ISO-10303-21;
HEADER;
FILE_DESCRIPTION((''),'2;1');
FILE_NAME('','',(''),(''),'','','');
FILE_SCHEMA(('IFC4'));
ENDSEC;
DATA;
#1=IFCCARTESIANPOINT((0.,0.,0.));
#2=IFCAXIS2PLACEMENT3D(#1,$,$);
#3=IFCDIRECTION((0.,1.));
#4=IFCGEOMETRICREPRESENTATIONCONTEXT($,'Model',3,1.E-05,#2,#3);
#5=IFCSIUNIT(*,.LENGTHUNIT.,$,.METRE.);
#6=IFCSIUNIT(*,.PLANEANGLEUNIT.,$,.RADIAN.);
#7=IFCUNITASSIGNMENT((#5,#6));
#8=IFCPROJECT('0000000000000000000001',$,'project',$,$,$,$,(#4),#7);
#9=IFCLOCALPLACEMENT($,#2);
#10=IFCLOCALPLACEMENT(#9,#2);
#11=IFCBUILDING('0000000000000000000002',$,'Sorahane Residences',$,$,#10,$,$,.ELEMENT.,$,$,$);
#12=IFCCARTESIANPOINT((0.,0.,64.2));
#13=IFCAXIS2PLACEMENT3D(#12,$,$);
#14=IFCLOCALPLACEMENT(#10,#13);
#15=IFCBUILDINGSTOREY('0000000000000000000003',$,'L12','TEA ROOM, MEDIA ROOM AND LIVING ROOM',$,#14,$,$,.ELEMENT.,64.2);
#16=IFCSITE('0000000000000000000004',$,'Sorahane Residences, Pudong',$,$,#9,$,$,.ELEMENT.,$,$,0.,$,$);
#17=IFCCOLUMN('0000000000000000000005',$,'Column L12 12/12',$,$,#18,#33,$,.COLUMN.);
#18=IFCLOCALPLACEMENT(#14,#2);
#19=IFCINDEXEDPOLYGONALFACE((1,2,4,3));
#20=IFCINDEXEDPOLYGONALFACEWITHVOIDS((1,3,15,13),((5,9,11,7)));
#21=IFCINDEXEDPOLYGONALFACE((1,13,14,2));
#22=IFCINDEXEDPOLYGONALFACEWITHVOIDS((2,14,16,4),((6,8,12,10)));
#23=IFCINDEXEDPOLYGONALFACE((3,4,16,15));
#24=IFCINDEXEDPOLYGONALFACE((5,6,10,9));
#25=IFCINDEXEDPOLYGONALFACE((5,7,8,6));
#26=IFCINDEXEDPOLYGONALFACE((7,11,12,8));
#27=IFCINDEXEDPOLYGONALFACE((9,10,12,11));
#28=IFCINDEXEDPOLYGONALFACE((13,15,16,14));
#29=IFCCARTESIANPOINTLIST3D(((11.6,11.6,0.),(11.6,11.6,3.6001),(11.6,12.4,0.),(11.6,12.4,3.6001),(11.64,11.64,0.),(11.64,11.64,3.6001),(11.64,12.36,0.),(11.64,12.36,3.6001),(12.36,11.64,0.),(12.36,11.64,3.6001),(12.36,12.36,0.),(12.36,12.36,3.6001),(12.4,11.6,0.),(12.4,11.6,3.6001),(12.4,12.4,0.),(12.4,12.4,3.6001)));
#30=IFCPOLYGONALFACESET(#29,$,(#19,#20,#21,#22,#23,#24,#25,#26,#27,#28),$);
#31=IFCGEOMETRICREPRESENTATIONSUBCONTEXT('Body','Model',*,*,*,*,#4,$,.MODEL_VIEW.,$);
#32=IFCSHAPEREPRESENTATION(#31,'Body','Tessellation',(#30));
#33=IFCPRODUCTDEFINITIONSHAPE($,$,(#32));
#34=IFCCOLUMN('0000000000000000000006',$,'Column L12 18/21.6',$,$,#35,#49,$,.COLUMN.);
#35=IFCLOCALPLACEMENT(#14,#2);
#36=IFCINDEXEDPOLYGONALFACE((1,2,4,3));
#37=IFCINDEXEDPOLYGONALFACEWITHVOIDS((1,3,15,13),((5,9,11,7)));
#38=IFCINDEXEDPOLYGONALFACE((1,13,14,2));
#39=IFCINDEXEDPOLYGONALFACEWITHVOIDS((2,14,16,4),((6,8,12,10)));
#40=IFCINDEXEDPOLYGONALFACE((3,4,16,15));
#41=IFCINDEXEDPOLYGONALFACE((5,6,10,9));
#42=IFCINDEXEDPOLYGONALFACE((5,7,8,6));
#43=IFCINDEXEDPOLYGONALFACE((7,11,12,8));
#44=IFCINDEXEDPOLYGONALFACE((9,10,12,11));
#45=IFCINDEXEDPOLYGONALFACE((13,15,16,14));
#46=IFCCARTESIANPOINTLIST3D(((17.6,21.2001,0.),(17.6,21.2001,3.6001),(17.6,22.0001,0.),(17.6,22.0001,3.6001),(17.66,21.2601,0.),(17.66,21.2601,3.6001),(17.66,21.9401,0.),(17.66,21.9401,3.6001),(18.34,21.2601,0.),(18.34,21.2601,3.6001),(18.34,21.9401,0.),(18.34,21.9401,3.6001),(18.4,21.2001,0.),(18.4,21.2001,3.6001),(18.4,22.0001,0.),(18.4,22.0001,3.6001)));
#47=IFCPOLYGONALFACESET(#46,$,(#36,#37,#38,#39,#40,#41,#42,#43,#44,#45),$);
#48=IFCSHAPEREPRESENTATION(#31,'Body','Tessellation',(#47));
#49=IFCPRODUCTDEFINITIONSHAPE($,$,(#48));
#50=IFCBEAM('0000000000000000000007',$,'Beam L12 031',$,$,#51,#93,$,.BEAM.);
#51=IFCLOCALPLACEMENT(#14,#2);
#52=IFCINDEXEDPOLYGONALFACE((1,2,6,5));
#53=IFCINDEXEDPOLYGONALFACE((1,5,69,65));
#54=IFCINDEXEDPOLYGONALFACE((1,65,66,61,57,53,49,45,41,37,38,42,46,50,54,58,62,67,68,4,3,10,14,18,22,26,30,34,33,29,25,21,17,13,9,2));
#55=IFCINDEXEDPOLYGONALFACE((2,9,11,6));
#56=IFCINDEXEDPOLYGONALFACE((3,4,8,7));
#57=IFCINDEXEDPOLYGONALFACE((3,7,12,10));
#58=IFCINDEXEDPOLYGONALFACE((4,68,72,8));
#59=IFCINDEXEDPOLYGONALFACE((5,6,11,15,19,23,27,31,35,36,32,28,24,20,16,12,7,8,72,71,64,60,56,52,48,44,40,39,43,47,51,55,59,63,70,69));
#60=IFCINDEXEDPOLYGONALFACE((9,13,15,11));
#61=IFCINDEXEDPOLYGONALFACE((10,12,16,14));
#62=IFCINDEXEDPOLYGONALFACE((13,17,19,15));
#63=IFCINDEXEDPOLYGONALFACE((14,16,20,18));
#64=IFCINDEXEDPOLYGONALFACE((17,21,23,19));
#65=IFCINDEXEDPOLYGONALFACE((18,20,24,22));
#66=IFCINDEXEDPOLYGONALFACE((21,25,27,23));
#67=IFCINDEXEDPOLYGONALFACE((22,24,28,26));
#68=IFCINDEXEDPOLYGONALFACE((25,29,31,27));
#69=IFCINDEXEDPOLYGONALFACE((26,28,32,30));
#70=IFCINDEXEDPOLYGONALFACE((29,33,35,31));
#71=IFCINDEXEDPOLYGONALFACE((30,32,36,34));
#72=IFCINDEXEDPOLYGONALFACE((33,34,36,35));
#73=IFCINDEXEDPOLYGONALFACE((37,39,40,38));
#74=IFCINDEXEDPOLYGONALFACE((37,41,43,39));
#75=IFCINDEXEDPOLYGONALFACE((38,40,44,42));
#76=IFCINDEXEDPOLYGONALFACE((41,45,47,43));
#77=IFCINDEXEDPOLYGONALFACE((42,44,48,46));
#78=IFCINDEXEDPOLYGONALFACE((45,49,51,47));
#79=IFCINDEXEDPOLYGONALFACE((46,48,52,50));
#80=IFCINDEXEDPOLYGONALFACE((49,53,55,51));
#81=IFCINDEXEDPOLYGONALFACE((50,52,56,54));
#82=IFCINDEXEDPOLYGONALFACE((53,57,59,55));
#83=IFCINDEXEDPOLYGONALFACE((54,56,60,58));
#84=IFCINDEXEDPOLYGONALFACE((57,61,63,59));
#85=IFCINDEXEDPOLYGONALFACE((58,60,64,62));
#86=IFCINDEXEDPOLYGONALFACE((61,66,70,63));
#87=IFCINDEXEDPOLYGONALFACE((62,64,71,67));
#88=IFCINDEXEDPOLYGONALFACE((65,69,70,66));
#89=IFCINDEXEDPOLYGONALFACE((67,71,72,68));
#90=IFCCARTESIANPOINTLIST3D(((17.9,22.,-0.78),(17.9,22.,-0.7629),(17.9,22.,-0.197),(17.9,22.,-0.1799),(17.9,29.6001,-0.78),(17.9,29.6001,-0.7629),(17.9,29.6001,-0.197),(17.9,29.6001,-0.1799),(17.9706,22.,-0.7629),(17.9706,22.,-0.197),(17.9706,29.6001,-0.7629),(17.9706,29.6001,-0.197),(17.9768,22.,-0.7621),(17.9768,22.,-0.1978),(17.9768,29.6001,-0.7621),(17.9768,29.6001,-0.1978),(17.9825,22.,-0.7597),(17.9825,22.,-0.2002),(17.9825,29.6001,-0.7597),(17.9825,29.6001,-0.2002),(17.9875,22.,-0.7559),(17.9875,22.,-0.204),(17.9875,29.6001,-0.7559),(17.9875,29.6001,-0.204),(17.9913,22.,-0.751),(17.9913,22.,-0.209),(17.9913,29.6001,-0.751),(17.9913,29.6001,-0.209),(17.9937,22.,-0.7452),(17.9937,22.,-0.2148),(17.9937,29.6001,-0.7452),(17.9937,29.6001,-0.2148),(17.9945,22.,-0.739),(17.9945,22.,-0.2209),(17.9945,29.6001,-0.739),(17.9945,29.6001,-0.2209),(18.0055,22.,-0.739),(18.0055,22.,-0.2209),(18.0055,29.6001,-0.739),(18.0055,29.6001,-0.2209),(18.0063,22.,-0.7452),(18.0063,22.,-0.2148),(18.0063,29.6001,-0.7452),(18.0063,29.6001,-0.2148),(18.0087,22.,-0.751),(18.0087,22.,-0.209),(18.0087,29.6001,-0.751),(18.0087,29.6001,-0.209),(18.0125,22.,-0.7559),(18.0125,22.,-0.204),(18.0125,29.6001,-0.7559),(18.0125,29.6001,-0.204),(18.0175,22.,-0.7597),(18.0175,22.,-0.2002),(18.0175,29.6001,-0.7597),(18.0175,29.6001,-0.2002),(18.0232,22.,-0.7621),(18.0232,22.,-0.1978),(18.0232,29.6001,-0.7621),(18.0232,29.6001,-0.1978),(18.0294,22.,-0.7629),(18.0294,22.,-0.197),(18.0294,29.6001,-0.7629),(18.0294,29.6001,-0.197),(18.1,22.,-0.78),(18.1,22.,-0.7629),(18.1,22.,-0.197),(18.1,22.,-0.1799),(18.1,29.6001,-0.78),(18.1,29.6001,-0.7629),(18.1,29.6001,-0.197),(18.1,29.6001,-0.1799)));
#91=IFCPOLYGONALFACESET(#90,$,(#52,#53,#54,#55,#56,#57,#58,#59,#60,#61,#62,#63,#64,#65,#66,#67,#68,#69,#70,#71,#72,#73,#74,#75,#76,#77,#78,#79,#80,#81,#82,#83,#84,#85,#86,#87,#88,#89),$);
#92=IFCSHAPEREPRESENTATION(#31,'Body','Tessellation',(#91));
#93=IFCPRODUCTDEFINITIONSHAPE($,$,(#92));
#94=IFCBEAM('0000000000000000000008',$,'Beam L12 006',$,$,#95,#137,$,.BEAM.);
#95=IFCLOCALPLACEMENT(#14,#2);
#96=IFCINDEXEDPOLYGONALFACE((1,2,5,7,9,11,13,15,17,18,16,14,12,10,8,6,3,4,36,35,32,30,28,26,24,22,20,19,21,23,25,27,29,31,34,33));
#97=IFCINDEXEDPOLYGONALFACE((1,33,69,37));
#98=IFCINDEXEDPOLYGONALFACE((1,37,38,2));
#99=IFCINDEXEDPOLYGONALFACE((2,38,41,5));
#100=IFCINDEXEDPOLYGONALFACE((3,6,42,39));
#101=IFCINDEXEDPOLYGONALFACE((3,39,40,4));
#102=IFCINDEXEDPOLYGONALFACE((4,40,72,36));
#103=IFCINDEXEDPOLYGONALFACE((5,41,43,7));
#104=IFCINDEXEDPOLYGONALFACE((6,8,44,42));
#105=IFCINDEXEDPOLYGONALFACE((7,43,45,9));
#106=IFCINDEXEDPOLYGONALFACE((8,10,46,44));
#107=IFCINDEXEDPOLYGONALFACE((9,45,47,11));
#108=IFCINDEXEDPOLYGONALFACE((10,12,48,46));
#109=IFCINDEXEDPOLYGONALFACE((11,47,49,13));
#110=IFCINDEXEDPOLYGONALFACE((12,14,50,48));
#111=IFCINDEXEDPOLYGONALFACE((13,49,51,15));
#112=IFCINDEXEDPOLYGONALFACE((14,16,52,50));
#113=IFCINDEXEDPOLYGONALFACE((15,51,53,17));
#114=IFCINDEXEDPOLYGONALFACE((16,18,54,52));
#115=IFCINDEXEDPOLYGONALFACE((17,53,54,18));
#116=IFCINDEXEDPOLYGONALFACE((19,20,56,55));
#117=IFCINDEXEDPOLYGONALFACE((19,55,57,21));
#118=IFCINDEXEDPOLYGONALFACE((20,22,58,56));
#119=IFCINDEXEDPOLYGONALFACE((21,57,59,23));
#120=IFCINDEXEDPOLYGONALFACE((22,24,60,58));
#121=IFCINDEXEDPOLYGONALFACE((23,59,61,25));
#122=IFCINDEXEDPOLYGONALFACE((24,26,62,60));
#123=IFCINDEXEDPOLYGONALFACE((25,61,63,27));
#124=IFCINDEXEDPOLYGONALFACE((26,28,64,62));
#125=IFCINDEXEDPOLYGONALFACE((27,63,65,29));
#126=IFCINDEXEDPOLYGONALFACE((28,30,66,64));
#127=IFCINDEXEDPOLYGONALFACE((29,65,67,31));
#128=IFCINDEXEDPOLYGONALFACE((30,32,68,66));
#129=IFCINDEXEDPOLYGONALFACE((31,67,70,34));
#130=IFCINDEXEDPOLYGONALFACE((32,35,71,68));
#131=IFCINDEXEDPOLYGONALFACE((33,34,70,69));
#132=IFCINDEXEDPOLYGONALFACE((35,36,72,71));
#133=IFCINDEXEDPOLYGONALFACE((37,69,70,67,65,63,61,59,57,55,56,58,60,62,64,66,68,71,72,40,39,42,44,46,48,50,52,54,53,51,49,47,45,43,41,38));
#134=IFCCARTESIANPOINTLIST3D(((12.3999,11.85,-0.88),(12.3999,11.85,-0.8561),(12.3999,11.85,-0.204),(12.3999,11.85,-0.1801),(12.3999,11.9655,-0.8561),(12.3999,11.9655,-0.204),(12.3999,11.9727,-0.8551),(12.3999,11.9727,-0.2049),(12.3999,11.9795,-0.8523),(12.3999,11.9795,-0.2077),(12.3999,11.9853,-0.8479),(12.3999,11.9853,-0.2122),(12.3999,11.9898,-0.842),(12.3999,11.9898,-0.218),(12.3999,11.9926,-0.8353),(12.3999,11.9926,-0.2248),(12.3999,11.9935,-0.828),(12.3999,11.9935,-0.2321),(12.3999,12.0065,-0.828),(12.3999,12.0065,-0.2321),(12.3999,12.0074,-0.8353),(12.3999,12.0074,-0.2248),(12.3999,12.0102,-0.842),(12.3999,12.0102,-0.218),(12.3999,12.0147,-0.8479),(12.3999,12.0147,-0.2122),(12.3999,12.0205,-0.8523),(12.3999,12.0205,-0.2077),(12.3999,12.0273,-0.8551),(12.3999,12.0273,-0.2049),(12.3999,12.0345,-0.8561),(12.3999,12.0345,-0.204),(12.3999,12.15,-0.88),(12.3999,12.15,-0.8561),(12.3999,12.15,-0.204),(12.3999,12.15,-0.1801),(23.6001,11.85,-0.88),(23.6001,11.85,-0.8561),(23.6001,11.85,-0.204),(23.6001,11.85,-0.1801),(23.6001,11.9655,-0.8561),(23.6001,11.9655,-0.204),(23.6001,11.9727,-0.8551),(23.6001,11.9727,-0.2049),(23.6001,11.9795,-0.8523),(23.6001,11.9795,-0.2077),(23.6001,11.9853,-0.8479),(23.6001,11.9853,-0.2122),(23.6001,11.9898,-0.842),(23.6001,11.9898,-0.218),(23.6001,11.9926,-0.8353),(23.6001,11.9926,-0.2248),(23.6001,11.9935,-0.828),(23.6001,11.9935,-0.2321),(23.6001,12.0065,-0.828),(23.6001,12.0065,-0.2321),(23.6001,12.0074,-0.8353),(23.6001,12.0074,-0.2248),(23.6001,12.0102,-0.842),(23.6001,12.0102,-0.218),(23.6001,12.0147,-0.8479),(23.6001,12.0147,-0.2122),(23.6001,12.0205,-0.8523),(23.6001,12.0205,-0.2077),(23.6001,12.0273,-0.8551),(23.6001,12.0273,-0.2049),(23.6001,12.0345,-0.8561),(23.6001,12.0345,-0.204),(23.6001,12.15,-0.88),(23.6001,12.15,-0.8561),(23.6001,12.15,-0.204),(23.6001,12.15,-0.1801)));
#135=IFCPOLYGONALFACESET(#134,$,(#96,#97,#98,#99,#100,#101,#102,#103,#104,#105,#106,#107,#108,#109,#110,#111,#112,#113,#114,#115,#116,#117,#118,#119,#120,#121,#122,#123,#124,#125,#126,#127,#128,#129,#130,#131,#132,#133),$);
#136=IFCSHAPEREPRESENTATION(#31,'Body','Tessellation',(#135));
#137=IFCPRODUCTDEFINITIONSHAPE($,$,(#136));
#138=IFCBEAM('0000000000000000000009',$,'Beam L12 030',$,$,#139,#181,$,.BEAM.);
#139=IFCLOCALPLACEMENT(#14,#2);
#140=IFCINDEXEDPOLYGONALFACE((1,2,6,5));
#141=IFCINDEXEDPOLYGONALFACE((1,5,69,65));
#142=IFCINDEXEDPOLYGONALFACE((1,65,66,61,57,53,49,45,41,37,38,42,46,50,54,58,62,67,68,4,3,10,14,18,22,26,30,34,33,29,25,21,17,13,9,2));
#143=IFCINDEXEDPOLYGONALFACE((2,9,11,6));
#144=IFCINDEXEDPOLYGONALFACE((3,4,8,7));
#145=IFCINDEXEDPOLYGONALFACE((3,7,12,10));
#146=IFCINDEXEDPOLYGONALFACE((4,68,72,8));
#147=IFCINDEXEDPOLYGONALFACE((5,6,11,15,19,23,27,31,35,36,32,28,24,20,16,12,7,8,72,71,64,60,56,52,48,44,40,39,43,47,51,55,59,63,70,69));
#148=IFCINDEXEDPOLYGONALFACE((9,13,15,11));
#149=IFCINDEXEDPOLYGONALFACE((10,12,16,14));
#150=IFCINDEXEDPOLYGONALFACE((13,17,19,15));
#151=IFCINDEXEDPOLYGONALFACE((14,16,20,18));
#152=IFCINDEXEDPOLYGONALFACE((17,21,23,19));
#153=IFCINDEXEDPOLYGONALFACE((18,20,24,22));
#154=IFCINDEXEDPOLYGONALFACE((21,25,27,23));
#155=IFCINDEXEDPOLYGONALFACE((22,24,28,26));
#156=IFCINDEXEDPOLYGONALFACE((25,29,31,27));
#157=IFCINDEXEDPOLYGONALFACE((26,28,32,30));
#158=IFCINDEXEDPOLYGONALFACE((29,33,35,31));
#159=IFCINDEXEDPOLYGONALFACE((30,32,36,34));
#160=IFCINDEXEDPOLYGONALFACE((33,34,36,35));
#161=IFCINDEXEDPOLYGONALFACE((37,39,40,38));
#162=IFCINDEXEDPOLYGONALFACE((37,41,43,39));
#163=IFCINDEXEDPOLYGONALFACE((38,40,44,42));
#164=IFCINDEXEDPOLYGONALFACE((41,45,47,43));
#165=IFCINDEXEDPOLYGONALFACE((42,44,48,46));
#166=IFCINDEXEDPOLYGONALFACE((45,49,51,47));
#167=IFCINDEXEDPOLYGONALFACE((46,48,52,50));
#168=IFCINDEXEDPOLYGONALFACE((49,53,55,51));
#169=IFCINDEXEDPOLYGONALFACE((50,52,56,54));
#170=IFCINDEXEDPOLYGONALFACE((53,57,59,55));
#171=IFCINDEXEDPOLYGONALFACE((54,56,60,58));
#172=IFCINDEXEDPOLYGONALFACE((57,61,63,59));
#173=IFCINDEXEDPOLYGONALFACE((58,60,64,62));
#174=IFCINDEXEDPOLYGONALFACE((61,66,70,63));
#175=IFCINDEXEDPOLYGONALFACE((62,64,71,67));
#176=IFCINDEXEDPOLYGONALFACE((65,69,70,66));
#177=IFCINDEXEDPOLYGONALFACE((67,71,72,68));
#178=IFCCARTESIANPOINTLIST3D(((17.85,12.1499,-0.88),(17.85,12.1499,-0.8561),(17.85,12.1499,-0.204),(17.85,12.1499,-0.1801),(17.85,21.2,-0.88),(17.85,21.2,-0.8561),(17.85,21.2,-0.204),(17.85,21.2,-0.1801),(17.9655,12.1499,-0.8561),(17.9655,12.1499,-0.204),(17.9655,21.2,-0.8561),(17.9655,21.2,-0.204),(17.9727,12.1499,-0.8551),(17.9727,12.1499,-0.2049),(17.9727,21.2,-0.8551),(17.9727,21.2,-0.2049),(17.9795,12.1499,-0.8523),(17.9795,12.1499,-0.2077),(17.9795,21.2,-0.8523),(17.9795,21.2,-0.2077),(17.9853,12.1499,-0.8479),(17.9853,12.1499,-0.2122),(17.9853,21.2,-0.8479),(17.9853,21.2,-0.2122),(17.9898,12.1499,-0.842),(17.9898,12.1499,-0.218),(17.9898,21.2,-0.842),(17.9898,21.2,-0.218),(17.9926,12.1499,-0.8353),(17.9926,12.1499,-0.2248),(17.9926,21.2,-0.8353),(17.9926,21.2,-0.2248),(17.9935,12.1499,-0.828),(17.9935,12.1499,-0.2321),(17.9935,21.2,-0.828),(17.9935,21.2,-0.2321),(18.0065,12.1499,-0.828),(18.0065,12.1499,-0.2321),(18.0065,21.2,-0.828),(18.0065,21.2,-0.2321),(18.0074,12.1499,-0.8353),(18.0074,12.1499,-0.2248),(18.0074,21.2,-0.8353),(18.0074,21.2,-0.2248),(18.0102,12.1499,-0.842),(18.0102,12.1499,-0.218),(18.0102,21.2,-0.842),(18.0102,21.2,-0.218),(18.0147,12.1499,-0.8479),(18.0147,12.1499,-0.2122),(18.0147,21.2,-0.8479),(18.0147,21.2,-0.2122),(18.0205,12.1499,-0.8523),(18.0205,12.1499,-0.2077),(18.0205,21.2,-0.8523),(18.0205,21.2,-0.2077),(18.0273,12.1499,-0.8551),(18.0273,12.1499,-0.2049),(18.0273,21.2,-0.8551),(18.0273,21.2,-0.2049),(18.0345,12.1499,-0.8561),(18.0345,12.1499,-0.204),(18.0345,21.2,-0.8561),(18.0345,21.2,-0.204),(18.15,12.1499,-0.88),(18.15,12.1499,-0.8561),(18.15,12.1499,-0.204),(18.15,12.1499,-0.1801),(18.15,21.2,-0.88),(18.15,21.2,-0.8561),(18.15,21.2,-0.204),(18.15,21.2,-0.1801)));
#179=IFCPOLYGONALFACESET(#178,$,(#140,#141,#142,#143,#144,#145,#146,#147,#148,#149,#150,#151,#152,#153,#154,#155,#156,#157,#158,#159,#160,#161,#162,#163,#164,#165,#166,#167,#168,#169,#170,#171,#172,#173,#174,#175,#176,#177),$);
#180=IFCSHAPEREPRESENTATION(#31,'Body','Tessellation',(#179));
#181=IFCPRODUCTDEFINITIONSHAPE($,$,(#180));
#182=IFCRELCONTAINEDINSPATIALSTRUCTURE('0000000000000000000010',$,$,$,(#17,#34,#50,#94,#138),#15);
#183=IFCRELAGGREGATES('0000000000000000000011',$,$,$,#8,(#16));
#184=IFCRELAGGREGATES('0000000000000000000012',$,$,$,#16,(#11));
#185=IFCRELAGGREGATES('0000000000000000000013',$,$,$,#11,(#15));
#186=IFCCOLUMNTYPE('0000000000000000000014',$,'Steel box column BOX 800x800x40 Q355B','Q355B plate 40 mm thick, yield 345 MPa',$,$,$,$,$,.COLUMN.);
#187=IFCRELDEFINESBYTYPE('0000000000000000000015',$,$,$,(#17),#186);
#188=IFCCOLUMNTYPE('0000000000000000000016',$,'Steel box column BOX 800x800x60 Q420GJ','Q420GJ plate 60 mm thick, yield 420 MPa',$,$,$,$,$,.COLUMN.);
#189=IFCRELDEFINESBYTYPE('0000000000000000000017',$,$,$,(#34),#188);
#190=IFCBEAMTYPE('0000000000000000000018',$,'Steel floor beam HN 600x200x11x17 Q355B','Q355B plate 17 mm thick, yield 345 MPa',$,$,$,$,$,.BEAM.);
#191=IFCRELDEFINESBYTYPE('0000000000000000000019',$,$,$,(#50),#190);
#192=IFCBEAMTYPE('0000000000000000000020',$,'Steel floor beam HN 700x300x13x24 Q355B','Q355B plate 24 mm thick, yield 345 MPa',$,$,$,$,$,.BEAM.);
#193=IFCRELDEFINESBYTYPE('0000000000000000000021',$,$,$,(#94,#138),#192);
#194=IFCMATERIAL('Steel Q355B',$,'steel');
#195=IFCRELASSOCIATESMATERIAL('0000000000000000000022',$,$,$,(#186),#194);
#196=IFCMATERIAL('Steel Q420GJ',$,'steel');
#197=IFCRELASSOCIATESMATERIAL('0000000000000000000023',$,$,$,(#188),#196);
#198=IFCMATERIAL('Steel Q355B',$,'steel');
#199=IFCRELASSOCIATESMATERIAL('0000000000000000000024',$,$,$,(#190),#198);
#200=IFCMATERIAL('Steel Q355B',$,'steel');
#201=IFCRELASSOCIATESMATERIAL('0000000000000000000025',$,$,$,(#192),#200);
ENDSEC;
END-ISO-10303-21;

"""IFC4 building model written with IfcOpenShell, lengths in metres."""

from ifc_helpers import new_model, si_unit, direction, frame, origin, origin_2d, place, context, subcontext, project, spatial, hollow_rectangle, i_section, extrude, material, material_profile, profile_set, type_object, element, save


model = new_model("IFC4")

# Units and contexts
model_context = context("Model", 3, precision=1e-05, world=origin(), true_north=direction((0.0, 1.0)))
body_context = subcontext(model_context, "Body", "Model", "MODEL_VIEW")
ifc_project = project(units=[si_unit("LENGTHUNIT", "METRE"), si_unit("PLANEANGLEUNIT", "RADIAN")], contexts=[model_context])

# Site, building, storey
site_placement = place(None, origin())
site = spatial("IfcSite", under=ifc_project, at=site_placement, Name="Sorahane Residences, Pudong", CompositionType="ELEMENT", RefElevation=0.0)
building_placement = place(site_placement, origin())
building = spatial("IfcBuilding", under=site, at=building_placement, Name="Sorahane Residences", CompositionType="ELEMENT")
storey_placement = place(building_placement, frame((0.0, 0.0, 64.2)))
storey = spatial("IfcBuildingStorey", under=building, at=storey_placement, Name="L12", Description="TEA ROOM, MEDIA ROOM AND LIVING ROOM", CompositionType="ELEMENT", Elevation=64.2)

# Columns
ifc_material_1 = material(Name="Steel Q355B", Category="steel")
ifc_material_profile_1 = material_profile(ifc_material_1, hollow_rectangle(XDim=0.8, YDim=0.8, WallThickness=0.04, at=origin_2d()), Name="BOX 800x800x40")
ifc_profile_set_1 = profile_set([ifc_material_profile_1], Name="Steel Q355B")
column_type_1 = type_object("IfcColumnType", Name="Steel box column BOX 800x800x40 Q355B", Description="Q355B plate 40 mm thick, yield 345 MPa", PredefinedType="COLUMN", material=ifc_profile_set_1)
column_1_placement = place(storey_placement, frame((12.0, 12.0, 0.0), z_axis=(0.0, 0.0, 1.0), x_axis=(1.0, 0.0, 0.0)))
element("IfcColumn", 1, at=column_1_placement, inside=storey, type_object=column_type_1, Name="Column L12 12/12", PredefinedType="COLUMN", context=body_context, shape_type="SweptSolid", body=[
    extrude(hollow_rectangle(XDim=0.8, YDim=0.8, WallThickness=0.04, at=origin_2d()), origin(), (0.0, 0.0, 1.0), 3.6001),
])
ifc_material_2 = material(Name="Steel Q420GJ", Category="steel")
ifc_material_profile_2 = material_profile(ifc_material_2, hollow_rectangle(XDim=0.8, YDim=0.8, WallThickness=0.0601, at=origin_2d()), Name="BOX 800x800x60")
ifc_profile_set_2 = profile_set([ifc_material_profile_2], Name="Steel Q420GJ")
column_type_2 = type_object("IfcColumnType", Name="Steel box column BOX 800x800x60 Q420GJ", Description="Q420GJ plate 60 mm thick, yield 420 MPa", PredefinedType="COLUMN", material=ifc_profile_set_2)
column_2_placement = place(storey_placement, frame((18.0, 21.6001, 0.0), z_axis=(0.0, 0.0, 1.0), x_axis=(1.0, 0.0, 0.0)))
element("IfcColumn", 2, at=column_2_placement, inside=storey, type_object=column_type_2, Name="Column L12 18/21.6", PredefinedType="COLUMN", context=body_context, shape_type="SweptSolid", body=[
    extrude(hollow_rectangle(XDim=0.8, YDim=0.8, WallThickness=0.0601, at=origin_2d()), origin(), (0.0, 0.0, 1.0), 3.6001),
])

# Beams
ifc_material_3 = material(Name="Steel Q355B", Category="steel")
ifc_material_profile_3 = material_profile(ifc_material_3, i_section(OverallWidth=0.2, OverallDepth=0.6001, WebThickness=0.011, FlangeThickness=0.0171, FilletRadius=0.0239, at=origin_2d()), Name="HN 600x200x11x17")
ifc_profile_set_3 = profile_set([ifc_material_profile_3], Name="Steel Q355B")
beam_type_1 = type_object("IfcBeamType", Name="Steel floor beam HN 600x200x11x17 Q355B", Description="Q355B plate 17 mm thick, yield 345 MPa", PredefinedType="BEAM", material=ifc_profile_set_3)
beam_1_placement = place(storey_placement, frame((18.0, 22.0, -0.48), z_axis=(0.0, 1.0, 0.0), x_axis=(-1.0, 0.0, 0.0)))
element("IfcBeam", 3, at=beam_1_placement, inside=storey, type_object=beam_type_1, Name="Beam L12 031", PredefinedType="BEAM", context=body_context, shape_type="SweptSolid", body=[
    extrude(i_section(OverallWidth=0.2, OverallDepth=0.6001, WebThickness=0.011, FlangeThickness=0.0171, FilletRadius=0.0239, at=origin_2d()), origin(), (0.0, 0.0, 1.0), 7.6001),
])
ifc_material_4 = material(Name="Steel Q355B", Category="steel")
ifc_material_profile_4 = material_profile(ifc_material_4, i_section(OverallWidth=0.3, OverallDepth=0.7, WebThickness=0.0129, FlangeThickness=0.0239, FilletRadius=0.0281, at=origin_2d()), Name="HN 700x300x13x24")
ifc_profile_set_4 = profile_set([ifc_material_profile_4], Name="Steel Q355B")
beam_type_2 = type_object("IfcBeamType", Name="Steel floor beam HN 700x300x13x24 Q355B", Description="Q355B plate 24 mm thick, yield 345 MPa", PredefinedType="BEAM", material=ifc_profile_set_4)
beam_2_placement = place(storey_placement, frame((12.3999, 12.0, -0.53), z_axis=(1.0, 0.0, 0.0), x_axis=(0.0, 1.0, 0.0)))
element("IfcBeam", 4, at=beam_2_placement, inside=storey, type_object=beam_type_2, Name="Beam L12 006", PredefinedType="BEAM", context=body_context, shape_type="SweptSolid", body=[
    extrude(i_section(OverallWidth=0.3, OverallDepth=0.7, WebThickness=0.0129, FlangeThickness=0.0239, FilletRadius=0.0281, at=origin_2d()), origin(), (0.0, 0.0, 1.0), 11.2002),
])
beam_3_placement = place(storey_placement, frame((18.0, 12.1499, -0.53), z_axis=(0.0, 1.0, 0.0), x_axis=(-1.0, 0.0, 0.0)))
element("IfcBeam", 5, at=beam_3_placement, inside=storey, type_object=beam_type_2, Name="Beam L12 030", PredefinedType="BEAM", context=body_context, shape_type="SweptSolid", body=[
    extrude(i_section(OverallWidth=0.3, OverallDepth=0.7, WebThickness=0.0129, FlangeThickness=0.0239, FilletRadius=0.0281, at=origin_2d()), origin(), (0.0, 0.0, 1.0), 9.05),
])

save(model, "model.ifc")
